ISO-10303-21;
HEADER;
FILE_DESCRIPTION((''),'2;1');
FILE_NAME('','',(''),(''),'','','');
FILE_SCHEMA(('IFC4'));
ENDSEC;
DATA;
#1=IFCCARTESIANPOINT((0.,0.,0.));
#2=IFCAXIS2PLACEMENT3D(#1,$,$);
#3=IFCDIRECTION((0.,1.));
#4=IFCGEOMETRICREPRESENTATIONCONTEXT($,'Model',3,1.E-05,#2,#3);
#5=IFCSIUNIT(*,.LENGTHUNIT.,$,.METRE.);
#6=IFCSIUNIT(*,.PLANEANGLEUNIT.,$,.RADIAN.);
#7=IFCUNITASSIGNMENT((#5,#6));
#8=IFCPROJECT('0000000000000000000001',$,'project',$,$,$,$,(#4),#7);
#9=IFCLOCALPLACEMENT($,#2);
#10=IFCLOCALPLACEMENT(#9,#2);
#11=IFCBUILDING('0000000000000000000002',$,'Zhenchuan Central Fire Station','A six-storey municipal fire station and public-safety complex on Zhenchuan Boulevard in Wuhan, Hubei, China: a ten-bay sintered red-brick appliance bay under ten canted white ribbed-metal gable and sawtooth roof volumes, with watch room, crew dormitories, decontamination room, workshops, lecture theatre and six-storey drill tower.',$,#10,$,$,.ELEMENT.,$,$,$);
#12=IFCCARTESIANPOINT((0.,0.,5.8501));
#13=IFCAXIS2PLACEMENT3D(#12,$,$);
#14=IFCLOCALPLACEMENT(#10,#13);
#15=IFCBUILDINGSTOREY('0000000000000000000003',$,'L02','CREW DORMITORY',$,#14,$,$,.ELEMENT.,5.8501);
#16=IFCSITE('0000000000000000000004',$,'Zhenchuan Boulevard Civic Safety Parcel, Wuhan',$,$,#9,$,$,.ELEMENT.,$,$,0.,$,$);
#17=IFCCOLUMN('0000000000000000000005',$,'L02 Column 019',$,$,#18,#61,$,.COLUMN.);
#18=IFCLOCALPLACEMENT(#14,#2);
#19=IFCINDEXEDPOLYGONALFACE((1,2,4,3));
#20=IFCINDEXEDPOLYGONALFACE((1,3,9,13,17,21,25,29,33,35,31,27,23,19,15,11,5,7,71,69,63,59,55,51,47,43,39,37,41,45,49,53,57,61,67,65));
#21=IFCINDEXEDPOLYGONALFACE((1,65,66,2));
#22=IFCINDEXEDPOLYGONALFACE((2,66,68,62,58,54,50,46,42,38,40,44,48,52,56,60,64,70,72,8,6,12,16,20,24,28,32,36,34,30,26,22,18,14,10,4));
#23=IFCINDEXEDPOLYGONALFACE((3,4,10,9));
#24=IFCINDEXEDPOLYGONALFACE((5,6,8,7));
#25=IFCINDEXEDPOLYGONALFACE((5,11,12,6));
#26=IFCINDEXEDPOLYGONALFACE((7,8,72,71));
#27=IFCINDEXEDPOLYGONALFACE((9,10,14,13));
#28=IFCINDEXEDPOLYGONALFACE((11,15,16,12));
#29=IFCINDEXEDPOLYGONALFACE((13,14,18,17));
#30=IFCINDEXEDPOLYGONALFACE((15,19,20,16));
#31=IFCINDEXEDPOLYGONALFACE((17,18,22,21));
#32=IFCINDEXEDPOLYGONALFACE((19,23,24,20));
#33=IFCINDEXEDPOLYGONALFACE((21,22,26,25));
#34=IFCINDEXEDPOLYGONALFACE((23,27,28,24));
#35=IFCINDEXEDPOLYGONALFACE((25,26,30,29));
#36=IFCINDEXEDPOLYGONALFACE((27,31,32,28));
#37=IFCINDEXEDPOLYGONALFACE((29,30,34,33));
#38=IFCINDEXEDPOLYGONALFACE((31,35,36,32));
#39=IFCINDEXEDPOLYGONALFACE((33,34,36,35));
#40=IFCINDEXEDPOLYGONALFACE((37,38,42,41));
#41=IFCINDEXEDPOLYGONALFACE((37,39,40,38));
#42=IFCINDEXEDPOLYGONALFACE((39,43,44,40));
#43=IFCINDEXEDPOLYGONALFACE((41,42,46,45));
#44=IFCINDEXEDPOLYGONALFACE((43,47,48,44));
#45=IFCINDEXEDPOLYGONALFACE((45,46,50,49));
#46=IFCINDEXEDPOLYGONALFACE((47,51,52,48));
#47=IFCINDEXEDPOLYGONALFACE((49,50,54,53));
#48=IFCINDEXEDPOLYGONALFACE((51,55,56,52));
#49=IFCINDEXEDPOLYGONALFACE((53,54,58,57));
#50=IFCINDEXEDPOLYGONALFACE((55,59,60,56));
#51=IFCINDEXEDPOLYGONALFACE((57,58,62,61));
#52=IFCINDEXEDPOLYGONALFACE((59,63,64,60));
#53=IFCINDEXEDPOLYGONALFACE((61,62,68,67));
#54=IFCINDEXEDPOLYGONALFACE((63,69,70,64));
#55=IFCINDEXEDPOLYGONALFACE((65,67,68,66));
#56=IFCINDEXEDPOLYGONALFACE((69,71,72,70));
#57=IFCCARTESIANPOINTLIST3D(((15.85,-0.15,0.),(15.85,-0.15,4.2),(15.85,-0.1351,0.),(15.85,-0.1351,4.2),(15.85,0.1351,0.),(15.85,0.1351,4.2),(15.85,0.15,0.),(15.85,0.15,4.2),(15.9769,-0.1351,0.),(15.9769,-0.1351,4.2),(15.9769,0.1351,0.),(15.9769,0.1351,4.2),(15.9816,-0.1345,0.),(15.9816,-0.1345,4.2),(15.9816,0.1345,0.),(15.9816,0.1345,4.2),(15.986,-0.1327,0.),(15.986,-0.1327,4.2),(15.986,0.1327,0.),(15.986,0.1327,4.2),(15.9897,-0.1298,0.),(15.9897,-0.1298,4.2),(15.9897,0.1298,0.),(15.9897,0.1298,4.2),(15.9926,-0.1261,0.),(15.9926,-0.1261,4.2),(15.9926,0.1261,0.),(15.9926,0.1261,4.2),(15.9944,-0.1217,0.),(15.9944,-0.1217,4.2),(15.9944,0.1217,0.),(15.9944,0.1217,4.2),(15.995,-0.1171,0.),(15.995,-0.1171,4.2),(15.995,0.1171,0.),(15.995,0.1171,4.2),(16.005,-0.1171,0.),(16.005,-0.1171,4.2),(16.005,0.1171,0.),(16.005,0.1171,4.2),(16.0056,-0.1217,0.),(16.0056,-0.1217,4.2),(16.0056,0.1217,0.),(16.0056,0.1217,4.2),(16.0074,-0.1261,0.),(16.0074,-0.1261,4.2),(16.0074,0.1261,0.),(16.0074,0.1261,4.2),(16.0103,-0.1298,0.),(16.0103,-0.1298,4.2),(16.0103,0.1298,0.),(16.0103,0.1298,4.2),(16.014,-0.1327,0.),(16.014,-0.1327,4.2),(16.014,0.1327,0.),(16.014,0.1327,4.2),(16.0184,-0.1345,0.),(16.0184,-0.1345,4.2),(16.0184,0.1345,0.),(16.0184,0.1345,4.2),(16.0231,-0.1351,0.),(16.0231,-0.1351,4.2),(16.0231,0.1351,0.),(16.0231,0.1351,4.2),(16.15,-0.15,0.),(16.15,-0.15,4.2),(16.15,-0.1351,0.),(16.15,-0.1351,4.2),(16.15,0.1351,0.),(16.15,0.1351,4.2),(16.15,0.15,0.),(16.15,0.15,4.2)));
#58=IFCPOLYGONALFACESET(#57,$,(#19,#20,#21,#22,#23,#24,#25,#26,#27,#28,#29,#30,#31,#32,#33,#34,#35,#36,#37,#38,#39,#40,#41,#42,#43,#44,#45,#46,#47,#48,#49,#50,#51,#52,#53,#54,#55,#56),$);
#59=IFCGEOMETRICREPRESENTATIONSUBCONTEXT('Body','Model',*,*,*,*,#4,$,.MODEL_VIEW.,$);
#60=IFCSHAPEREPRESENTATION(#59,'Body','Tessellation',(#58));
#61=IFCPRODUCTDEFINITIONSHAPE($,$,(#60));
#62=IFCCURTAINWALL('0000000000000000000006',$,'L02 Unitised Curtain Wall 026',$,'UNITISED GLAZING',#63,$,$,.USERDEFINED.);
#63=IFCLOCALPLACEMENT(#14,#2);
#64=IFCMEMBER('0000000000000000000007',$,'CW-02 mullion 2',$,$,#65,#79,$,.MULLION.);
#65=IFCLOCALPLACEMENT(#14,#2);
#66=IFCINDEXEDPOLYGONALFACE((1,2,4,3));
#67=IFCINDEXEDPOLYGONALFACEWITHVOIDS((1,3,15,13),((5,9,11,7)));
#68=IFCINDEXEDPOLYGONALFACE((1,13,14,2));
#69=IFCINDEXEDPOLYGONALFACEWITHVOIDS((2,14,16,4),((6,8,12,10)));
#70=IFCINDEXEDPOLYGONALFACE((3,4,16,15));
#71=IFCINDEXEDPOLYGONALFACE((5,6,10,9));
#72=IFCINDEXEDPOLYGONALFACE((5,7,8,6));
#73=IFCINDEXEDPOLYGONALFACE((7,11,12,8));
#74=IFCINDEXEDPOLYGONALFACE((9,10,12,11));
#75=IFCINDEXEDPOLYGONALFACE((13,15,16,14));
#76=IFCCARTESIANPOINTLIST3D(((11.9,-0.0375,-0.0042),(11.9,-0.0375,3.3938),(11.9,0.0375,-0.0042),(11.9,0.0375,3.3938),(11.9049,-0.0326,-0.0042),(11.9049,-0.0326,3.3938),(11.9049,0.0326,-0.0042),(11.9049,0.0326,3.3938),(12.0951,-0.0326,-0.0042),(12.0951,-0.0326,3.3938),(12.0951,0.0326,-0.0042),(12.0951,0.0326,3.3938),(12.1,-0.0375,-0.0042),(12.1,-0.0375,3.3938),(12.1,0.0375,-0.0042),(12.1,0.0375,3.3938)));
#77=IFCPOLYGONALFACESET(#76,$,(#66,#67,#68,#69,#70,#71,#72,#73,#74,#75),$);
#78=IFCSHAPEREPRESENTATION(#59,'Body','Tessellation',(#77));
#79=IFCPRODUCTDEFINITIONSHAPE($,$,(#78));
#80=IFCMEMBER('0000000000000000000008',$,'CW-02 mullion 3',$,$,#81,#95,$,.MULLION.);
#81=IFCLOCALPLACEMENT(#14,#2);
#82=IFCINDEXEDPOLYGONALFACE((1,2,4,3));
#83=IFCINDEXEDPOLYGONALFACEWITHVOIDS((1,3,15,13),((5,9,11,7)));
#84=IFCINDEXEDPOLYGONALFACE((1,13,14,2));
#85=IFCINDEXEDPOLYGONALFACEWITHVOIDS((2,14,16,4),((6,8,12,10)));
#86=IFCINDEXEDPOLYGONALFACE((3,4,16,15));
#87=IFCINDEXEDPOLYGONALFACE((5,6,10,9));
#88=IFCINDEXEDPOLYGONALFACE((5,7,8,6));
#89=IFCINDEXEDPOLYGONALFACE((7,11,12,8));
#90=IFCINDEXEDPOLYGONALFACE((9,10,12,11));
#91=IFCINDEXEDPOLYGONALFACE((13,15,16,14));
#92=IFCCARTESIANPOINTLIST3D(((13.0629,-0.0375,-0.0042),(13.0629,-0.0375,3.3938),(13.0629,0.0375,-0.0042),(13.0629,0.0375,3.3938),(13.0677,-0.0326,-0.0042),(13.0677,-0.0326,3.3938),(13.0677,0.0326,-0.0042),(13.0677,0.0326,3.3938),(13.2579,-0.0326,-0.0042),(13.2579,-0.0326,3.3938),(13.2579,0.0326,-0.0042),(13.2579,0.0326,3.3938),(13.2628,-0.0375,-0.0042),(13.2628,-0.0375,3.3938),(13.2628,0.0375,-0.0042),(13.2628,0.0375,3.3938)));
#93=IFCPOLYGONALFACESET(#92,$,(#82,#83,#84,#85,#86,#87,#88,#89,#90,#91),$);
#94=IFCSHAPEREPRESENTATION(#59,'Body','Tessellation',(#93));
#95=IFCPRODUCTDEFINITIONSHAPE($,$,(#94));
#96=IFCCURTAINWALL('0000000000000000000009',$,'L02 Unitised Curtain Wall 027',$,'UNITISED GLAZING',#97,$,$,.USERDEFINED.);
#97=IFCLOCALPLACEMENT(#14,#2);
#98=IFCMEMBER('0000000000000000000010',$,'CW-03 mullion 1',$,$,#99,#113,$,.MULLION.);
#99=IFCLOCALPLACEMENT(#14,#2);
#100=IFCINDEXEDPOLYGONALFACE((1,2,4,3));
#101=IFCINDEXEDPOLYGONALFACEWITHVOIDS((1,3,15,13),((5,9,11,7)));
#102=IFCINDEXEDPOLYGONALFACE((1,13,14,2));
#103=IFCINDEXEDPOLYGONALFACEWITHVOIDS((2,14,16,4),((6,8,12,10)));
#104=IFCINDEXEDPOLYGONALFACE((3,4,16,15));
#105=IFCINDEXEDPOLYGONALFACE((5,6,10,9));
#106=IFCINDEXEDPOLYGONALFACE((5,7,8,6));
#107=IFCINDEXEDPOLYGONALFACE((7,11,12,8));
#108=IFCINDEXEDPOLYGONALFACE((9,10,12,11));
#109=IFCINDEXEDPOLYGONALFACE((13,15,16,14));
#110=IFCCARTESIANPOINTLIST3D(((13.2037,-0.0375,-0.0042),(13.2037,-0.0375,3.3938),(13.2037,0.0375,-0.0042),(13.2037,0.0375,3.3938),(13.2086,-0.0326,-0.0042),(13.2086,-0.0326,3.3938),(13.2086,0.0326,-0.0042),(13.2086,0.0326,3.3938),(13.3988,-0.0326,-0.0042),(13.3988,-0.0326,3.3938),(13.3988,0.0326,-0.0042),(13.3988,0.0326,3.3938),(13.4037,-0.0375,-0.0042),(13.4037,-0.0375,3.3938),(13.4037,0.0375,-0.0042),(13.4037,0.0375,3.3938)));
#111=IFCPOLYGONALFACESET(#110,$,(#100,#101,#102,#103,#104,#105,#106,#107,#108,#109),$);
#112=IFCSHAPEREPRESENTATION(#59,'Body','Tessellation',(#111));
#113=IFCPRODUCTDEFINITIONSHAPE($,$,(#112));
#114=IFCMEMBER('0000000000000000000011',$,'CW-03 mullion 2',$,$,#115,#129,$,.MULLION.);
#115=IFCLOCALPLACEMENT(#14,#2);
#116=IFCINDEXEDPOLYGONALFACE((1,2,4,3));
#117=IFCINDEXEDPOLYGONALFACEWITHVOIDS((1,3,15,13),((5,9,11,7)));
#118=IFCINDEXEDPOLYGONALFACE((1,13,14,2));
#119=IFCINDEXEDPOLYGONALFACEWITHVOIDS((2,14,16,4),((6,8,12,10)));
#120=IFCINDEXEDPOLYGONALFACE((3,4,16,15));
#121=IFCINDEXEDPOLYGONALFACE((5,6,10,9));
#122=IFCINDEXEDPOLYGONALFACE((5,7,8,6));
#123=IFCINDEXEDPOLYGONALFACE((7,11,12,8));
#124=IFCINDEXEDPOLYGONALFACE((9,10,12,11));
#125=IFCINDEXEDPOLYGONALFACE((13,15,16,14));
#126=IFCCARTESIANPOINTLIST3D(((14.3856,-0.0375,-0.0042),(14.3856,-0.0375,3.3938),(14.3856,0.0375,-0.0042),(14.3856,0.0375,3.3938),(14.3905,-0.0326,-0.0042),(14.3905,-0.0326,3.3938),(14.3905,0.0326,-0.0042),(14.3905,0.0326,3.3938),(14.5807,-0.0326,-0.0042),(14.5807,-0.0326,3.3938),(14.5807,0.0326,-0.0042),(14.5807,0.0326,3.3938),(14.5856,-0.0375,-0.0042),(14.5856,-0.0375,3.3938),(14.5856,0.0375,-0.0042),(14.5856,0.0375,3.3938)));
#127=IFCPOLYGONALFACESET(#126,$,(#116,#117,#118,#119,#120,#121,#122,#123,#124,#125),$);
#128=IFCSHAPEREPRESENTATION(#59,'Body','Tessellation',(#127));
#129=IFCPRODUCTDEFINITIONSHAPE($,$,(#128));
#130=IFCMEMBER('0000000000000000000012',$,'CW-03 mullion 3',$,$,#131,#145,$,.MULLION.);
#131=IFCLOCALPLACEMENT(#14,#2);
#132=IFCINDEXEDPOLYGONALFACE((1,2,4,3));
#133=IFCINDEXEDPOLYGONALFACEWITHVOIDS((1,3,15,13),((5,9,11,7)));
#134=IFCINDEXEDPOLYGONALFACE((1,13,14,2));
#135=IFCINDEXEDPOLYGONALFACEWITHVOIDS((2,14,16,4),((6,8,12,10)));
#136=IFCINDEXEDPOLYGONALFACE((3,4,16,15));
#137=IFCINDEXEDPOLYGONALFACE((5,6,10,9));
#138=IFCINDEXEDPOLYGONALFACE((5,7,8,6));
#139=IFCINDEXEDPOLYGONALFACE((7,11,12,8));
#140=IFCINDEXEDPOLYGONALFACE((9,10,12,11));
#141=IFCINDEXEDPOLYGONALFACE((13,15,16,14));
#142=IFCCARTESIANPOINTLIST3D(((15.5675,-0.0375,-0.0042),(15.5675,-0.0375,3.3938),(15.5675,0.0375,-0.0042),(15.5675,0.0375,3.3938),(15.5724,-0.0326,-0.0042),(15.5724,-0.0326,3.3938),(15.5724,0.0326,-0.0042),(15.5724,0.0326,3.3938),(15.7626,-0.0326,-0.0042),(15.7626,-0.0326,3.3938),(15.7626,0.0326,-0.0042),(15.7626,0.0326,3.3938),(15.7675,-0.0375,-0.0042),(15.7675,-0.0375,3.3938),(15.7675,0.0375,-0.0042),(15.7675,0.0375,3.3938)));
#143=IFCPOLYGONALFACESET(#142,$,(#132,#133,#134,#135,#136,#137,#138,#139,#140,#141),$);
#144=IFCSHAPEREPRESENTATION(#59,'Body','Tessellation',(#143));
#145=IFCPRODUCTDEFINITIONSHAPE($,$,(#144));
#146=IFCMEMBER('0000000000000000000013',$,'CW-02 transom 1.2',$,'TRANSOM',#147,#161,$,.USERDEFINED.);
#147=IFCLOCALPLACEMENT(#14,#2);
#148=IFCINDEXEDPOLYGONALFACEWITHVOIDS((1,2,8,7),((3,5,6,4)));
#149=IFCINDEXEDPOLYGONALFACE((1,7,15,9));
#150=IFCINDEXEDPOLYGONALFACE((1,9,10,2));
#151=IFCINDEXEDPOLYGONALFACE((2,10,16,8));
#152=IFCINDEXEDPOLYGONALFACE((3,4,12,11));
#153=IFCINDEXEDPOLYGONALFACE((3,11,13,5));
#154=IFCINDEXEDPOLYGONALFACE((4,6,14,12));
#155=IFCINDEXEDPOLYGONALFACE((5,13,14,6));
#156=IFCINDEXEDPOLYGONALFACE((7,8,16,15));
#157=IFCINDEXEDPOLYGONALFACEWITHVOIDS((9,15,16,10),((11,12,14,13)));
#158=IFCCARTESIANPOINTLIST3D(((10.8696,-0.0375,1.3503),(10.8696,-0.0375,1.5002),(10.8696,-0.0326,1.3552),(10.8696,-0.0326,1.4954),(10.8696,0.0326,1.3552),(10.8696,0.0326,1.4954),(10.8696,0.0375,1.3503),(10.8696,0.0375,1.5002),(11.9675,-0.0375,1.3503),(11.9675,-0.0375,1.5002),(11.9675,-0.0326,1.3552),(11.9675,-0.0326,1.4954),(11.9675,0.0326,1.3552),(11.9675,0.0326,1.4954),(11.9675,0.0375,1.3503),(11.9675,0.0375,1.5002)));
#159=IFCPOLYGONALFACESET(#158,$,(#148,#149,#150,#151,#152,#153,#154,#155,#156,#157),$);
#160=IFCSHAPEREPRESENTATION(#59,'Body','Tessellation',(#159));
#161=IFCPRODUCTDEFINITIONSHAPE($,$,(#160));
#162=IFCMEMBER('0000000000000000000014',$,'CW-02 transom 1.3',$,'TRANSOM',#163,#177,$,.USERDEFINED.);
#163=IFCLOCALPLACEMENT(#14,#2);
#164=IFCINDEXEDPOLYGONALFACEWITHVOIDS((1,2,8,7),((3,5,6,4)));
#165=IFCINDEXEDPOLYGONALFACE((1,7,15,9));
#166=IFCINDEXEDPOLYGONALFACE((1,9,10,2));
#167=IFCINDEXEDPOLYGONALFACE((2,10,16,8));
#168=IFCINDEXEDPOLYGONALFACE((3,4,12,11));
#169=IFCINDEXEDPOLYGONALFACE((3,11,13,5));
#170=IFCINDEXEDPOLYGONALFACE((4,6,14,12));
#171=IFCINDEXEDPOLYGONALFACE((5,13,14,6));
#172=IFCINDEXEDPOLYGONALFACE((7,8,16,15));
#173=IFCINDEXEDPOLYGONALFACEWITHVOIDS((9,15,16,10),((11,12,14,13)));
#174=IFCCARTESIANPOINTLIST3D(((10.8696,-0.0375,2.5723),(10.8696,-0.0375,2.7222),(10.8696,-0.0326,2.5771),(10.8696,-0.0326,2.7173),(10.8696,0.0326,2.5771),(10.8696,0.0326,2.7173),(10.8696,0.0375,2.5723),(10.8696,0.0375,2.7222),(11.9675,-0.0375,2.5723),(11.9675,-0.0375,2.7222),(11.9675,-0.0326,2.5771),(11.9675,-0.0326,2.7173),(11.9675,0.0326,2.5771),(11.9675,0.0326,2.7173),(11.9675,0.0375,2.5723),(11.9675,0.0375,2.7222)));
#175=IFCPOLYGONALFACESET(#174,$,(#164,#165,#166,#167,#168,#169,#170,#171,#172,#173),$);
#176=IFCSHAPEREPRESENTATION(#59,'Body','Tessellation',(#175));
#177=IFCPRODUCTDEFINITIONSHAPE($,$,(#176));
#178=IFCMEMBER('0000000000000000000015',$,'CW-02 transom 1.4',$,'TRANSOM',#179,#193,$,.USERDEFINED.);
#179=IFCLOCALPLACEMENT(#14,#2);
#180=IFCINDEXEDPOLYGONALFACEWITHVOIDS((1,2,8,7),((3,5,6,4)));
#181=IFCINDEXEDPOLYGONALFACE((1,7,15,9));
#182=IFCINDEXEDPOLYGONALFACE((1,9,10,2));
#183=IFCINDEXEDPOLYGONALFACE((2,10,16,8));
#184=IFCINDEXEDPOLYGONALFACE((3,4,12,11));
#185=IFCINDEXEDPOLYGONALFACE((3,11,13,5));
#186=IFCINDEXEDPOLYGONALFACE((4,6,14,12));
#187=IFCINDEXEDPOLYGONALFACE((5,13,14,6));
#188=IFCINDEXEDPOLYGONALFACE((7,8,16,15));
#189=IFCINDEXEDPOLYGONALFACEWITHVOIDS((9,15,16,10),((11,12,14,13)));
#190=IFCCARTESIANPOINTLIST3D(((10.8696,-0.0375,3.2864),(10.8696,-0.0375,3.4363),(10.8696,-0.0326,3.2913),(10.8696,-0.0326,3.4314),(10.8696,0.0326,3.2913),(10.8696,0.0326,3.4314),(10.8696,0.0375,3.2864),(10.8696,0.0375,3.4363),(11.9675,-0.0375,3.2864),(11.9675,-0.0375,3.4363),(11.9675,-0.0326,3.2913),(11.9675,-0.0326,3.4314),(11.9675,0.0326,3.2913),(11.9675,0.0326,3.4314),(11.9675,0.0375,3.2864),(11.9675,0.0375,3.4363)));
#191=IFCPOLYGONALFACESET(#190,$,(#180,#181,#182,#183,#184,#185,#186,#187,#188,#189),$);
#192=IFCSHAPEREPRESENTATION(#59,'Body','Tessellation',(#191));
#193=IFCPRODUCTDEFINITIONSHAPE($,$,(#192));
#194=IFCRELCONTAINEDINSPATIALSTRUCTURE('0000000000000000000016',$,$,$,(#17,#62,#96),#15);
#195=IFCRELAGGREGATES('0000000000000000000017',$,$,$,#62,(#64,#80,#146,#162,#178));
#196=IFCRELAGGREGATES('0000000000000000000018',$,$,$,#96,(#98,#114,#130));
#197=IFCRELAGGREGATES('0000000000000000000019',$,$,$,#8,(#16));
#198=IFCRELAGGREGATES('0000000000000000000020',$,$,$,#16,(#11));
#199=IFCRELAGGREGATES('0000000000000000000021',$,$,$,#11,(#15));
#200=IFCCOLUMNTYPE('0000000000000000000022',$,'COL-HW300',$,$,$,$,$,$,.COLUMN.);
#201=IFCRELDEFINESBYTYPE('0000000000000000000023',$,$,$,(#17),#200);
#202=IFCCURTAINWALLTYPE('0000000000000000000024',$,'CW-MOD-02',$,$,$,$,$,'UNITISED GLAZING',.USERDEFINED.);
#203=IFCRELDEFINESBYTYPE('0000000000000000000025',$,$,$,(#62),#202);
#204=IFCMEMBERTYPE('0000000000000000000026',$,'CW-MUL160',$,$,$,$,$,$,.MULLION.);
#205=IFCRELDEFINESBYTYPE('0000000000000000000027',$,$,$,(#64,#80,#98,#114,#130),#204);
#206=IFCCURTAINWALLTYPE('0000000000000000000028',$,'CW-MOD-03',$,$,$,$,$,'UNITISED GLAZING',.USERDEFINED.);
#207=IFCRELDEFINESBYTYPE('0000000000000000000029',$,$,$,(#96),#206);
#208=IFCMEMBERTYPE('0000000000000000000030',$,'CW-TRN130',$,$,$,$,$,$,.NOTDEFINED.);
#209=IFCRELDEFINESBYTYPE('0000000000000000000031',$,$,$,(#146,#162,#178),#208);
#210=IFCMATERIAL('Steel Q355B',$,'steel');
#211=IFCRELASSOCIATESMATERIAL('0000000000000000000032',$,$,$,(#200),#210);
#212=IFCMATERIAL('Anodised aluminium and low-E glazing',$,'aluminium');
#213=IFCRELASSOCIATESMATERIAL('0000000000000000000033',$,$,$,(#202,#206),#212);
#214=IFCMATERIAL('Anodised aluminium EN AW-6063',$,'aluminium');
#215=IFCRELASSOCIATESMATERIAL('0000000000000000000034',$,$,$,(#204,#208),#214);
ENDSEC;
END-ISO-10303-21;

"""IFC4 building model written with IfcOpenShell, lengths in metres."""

from ifc_helpers import new_model, si_unit, direction, frame, origin, origin_2d, place, context, subcontext, project, spatial, hollow_rectangle, i_section, extrude, material, material_profile, profile_set, type_object, element, aggregate, save


model = new_model("IFC4")

# Units and contexts
model_context = context("Model", 3, precision=1e-05, world=origin(), true_north=direction((0.0, 1.0)))
body_context = subcontext(model_context, "Body", "Model", "MODEL_VIEW")
ifc_project = project(units=[si_unit("LENGTHUNIT", "METRE"), si_unit("PLANEANGLEUNIT", "RADIAN")], contexts=[model_context])

# Site, building, storey
site_placement = place(None, origin())
site = spatial("IfcSite", under=ifc_project, at=site_placement, Name="Zhenchuan Boulevard Civic Safety Parcel, Wuhan", CompositionType="ELEMENT", RefElevation=0.0)
building_placement = place(site_placement, origin())
building = spatial("IfcBuilding", under=site, at=building_placement, Name="Zhenchuan Central Fire Station", Description="A six-storey municipal fire station and public-safety complex on Zhenchuan Boulevard in Wuhan, Hubei, China: a ten-bay sintered red-brick appliance bay under ten canted white ribbed-metal gable and sawtooth roof volumes, with watch room, crew dormitories, decontamination room, workshops, lecture theatre and six-storey drill tower.", CompositionType="ELEMENT")
storey_placement = place(building_placement, frame((0.0, 0.0, 5.8501)))
storey = spatial("IfcBuildingStorey", under=building, at=storey_placement, Name="L02", Description="CREW DORMITORY", CompositionType="ELEMENT", Elevation=5.8501)

# Column
ifc_material_1 = material(Name="Steel Q355B", Category="steel")
ifc_material_profile_1 = material_profile(ifc_material_1, i_section(OverallWidth=0.3, OverallDepth=0.3, WebThickness=0.01, FlangeThickness=0.0149, FilletRadius=0.0181, at=origin_2d()), Name="HW 300x300")
ifc_profile_set_1 = profile_set([ifc_material_profile_1], Name="Steel Q355B")
column_type = type_object("IfcColumnType", Name="COL-HW300", PredefinedType="COLUMN", material=ifc_profile_set_1)
column_placement = place(storey_placement, frame((16.0, 0.0, 0.0), z_axis=(0.0, 0.0, 1.0), x_axis=(1.0, 0.0, 0.0)))
element("IfcColumn", 1, at=column_placement, inside=storey, type_object=column_type, Name="L02 Column 019", PredefinedType="COLUMN", context=body_context, shape_type="SweptSolid", body=[
    extrude(i_section(OverallWidth=0.3, OverallDepth=0.3, WebThickness=0.01, FlangeThickness=0.0149, FilletRadius=0.0181, at=origin_2d()), origin(), (0.0, 0.0, 1.0), 4.2),
])

# Curtain walls, members
ifc_material_2 = material(Name="Anodised aluminium and low-E glazing", Category="aluminium")
curtain_wall_type_1 = type_object("IfcCurtainWallType", Name="CW-MOD-02", ElementType="UNITISED GLAZING", PredefinedType="USERDEFINED", material=ifc_material_2)
curtain_wall_1_placement = place(storey_placement, origin())
curtain_wall_1 = element("IfcCurtainWall", 2, at=curtain_wall_1_placement, inside=storey, type_object=curtain_wall_type_1, Name="L02 Unitised Curtain Wall 026", ObjectType="UNITISED GLAZING", PredefinedType="USERDEFINED")
ifc_material_3 = material(Name="Anodised aluminium EN AW-6063", Category="aluminium")
ifc_material_profile_2 = material_profile(ifc_material_3, hollow_rectangle(XDim=0.075, YDim=0.2, WallThickness=0.0049, at=origin_2d()), Name="ALU-M 200x75")
ifc_profile_set_2 = profile_set([ifc_material_profile_2], Name="Anodised aluminium EN AW-6063")
member_type_1 = type_object("IfcMemberType", Name="CW-MUL160", PredefinedType="MULLION", material=ifc_profile_set_2)
member_1_placement = place(storey_placement, frame((12.0, 0.0, -0.0042), z_axis=(0.0, 0.0, 1.0), x_axis=(0.0, 1.0, 0.0)))
member_1 = element("IfcMember", 3, at=member_1_placement, type_object=member_type_1, Name="CW-02 mullion 2", PredefinedType="MULLION", context=body_context, shape_type="SweptSolid", body=[
    extrude(hollow_rectangle(XDim=0.075, YDim=0.2, WallThickness=0.0049, at=origin_2d()), origin(), (0.0, 0.0, 1.0), 3.3979),
])
member_2_placement = place(storey_placement, frame((13.1628, 0.0, -0.0042), z_axis=(0.0, 0.0, 1.0), x_axis=(0.0, 1.0, 0.0)))
member_2 = element("IfcMember", 4, at=member_2_placement, type_object=member_type_1, Name="CW-02 mullion 3", PredefinedType="MULLION", context=body_context, shape_type="SweptSolid", body=[
    extrude(hollow_rectangle(XDim=0.075, YDim=0.2, WallThickness=0.0049, at=origin_2d()), origin(), (0.0, 0.0, 1.0), 3.3979),
])
curtain_wall_type_2 = type_object("IfcCurtainWallType", Name="CW-MOD-03", ElementType="UNITISED GLAZING", PredefinedType="USERDEFINED", material=ifc_material_2)
curtain_wall_2_placement = place(storey_placement, origin())
curtain_wall_2 = element("IfcCurtainWall", 5, at=curtain_wall_2_placement, inside=storey, type_object=curtain_wall_type_2, Name="L02 Unitised Curtain Wall 027", ObjectType="UNITISED GLAZING", PredefinedType="USERDEFINED")
member_3_placement = place(storey_placement, frame((13.3037, 0.0, -0.0042), z_axis=(0.0, 0.0, 1.0), x_axis=(0.0, 1.0, 0.0)))
member_3 = element("IfcMember", 6, at=member_3_placement, type_object=member_type_1, Name="CW-03 mullion 1", PredefinedType="MULLION", context=body_context, shape_type="SweptSolid", body=[
    extrude(hollow_rectangle(XDim=0.075, YDim=0.2, WallThickness=0.0049, at=origin_2d()), origin(), (0.0, 0.0, 1.0), 3.3979),
])
member_4_placement = place(storey_placement, frame((14.4856, 0.0, -0.0042), z_axis=(0.0, 0.0, 1.0), x_axis=(0.0, 1.0, 0.0)))
member_4 = element("IfcMember", 7, at=member_4_placement, type_object=member_type_1, Name="CW-03 mullion 2", PredefinedType="MULLION", context=body_context, shape_type="SweptSolid", body=[
    extrude(hollow_rectangle(XDim=0.075, YDim=0.2, WallThickness=0.0049, at=origin_2d()), origin(), (0.0, 0.0, 1.0), 3.3979),
])
member_5_placement = place(storey_placement, frame((15.6675, 0.0, -0.0042), z_axis=(0.0, 0.0, 1.0), x_axis=(0.0, 1.0, 0.0)))
member_5 = element("IfcMember", 8, at=member_5_placement, type_object=member_type_1, Name="CW-03 mullion 3", PredefinedType="MULLION", context=body_context, shape_type="SweptSolid", body=[
    extrude(hollow_rectangle(XDim=0.075, YDim=0.2, WallThickness=0.0049, at=origin_2d()), origin(), (0.0, 0.0, 1.0), 3.3979),
])

# Members
ifc_material_profile_3 = material_profile(ifc_material_3, hollow_rectangle(XDim=0.075, YDim=0.1499, WallThickness=0.0049, at=origin_2d()), Name="ALU-T 150x75")
ifc_profile_set_3 = profile_set([ifc_material_profile_3], Name="Anodised aluminium EN AW-6063")
member_type_2 = type_object("IfcMemberType", Name="CW-TRN130", PredefinedType="NOTDEFINED", material=ifc_profile_set_3)
member_6_placement = place(storey_placement, frame((10.8696, 0.0, 1.4253), z_axis=(1.0, 0.0, 0.0), x_axis=(0.0, 1.0, 0.0)))
member_6 = element("IfcMember", 9, at=member_6_placement, type_object=member_type_2, Name="CW-02 transom 1.2", ObjectType="TRANSOM", PredefinedType="USERDEFINED", context=body_context, shape_type="SweptSolid", body=[
    extrude(hollow_rectangle(XDim=0.075, YDim=0.1499, WallThickness=0.0049, at=origin_2d()), origin(), (0.0, 0.0, 1.0), 1.0979),
])
member_7_placement = place(storey_placement, frame((10.8696, 0.0, 2.6472), z_axis=(1.0, 0.0, 0.0), x_axis=(0.0, 1.0, 0.0)))
member_7 = element("IfcMember", 10, at=member_7_placement, type_object=member_type_2, Name="CW-02 transom 1.3", ObjectType="TRANSOM", PredefinedType="USERDEFINED", context=body_context, shape_type="SweptSolid", body=[
    extrude(hollow_rectangle(XDim=0.075, YDim=0.1499, WallThickness=0.0049, at=origin_2d()), origin(), (0.0, 0.0, 1.0), 1.0979),
])
member_8_placement = place(storey_placement, frame((10.8696, 0.0, 3.3613), z_axis=(1.0, 0.0, 0.0), x_axis=(0.0, 1.0, 0.0)))
member_8 = element("IfcMember", 11, at=member_8_placement, type_object=member_type_2, Name="CW-02 transom 1.4", ObjectType="TRANSOM", PredefinedType="USERDEFINED", context=body_context, shape_type="SweptSolid", body=[
    extrude(hollow_rectangle(XDim=0.075, YDim=0.1499, WallThickness=0.0049, at=origin_2d()), origin(), (0.0, 0.0, 1.0), 1.0979),
])

aggregate(curtain_wall_1, [member_1, member_2, member_6, member_7, member_8])
aggregate(curtain_wall_2, [member_3, member_4, member_5])

save(model, "model.ifc")
